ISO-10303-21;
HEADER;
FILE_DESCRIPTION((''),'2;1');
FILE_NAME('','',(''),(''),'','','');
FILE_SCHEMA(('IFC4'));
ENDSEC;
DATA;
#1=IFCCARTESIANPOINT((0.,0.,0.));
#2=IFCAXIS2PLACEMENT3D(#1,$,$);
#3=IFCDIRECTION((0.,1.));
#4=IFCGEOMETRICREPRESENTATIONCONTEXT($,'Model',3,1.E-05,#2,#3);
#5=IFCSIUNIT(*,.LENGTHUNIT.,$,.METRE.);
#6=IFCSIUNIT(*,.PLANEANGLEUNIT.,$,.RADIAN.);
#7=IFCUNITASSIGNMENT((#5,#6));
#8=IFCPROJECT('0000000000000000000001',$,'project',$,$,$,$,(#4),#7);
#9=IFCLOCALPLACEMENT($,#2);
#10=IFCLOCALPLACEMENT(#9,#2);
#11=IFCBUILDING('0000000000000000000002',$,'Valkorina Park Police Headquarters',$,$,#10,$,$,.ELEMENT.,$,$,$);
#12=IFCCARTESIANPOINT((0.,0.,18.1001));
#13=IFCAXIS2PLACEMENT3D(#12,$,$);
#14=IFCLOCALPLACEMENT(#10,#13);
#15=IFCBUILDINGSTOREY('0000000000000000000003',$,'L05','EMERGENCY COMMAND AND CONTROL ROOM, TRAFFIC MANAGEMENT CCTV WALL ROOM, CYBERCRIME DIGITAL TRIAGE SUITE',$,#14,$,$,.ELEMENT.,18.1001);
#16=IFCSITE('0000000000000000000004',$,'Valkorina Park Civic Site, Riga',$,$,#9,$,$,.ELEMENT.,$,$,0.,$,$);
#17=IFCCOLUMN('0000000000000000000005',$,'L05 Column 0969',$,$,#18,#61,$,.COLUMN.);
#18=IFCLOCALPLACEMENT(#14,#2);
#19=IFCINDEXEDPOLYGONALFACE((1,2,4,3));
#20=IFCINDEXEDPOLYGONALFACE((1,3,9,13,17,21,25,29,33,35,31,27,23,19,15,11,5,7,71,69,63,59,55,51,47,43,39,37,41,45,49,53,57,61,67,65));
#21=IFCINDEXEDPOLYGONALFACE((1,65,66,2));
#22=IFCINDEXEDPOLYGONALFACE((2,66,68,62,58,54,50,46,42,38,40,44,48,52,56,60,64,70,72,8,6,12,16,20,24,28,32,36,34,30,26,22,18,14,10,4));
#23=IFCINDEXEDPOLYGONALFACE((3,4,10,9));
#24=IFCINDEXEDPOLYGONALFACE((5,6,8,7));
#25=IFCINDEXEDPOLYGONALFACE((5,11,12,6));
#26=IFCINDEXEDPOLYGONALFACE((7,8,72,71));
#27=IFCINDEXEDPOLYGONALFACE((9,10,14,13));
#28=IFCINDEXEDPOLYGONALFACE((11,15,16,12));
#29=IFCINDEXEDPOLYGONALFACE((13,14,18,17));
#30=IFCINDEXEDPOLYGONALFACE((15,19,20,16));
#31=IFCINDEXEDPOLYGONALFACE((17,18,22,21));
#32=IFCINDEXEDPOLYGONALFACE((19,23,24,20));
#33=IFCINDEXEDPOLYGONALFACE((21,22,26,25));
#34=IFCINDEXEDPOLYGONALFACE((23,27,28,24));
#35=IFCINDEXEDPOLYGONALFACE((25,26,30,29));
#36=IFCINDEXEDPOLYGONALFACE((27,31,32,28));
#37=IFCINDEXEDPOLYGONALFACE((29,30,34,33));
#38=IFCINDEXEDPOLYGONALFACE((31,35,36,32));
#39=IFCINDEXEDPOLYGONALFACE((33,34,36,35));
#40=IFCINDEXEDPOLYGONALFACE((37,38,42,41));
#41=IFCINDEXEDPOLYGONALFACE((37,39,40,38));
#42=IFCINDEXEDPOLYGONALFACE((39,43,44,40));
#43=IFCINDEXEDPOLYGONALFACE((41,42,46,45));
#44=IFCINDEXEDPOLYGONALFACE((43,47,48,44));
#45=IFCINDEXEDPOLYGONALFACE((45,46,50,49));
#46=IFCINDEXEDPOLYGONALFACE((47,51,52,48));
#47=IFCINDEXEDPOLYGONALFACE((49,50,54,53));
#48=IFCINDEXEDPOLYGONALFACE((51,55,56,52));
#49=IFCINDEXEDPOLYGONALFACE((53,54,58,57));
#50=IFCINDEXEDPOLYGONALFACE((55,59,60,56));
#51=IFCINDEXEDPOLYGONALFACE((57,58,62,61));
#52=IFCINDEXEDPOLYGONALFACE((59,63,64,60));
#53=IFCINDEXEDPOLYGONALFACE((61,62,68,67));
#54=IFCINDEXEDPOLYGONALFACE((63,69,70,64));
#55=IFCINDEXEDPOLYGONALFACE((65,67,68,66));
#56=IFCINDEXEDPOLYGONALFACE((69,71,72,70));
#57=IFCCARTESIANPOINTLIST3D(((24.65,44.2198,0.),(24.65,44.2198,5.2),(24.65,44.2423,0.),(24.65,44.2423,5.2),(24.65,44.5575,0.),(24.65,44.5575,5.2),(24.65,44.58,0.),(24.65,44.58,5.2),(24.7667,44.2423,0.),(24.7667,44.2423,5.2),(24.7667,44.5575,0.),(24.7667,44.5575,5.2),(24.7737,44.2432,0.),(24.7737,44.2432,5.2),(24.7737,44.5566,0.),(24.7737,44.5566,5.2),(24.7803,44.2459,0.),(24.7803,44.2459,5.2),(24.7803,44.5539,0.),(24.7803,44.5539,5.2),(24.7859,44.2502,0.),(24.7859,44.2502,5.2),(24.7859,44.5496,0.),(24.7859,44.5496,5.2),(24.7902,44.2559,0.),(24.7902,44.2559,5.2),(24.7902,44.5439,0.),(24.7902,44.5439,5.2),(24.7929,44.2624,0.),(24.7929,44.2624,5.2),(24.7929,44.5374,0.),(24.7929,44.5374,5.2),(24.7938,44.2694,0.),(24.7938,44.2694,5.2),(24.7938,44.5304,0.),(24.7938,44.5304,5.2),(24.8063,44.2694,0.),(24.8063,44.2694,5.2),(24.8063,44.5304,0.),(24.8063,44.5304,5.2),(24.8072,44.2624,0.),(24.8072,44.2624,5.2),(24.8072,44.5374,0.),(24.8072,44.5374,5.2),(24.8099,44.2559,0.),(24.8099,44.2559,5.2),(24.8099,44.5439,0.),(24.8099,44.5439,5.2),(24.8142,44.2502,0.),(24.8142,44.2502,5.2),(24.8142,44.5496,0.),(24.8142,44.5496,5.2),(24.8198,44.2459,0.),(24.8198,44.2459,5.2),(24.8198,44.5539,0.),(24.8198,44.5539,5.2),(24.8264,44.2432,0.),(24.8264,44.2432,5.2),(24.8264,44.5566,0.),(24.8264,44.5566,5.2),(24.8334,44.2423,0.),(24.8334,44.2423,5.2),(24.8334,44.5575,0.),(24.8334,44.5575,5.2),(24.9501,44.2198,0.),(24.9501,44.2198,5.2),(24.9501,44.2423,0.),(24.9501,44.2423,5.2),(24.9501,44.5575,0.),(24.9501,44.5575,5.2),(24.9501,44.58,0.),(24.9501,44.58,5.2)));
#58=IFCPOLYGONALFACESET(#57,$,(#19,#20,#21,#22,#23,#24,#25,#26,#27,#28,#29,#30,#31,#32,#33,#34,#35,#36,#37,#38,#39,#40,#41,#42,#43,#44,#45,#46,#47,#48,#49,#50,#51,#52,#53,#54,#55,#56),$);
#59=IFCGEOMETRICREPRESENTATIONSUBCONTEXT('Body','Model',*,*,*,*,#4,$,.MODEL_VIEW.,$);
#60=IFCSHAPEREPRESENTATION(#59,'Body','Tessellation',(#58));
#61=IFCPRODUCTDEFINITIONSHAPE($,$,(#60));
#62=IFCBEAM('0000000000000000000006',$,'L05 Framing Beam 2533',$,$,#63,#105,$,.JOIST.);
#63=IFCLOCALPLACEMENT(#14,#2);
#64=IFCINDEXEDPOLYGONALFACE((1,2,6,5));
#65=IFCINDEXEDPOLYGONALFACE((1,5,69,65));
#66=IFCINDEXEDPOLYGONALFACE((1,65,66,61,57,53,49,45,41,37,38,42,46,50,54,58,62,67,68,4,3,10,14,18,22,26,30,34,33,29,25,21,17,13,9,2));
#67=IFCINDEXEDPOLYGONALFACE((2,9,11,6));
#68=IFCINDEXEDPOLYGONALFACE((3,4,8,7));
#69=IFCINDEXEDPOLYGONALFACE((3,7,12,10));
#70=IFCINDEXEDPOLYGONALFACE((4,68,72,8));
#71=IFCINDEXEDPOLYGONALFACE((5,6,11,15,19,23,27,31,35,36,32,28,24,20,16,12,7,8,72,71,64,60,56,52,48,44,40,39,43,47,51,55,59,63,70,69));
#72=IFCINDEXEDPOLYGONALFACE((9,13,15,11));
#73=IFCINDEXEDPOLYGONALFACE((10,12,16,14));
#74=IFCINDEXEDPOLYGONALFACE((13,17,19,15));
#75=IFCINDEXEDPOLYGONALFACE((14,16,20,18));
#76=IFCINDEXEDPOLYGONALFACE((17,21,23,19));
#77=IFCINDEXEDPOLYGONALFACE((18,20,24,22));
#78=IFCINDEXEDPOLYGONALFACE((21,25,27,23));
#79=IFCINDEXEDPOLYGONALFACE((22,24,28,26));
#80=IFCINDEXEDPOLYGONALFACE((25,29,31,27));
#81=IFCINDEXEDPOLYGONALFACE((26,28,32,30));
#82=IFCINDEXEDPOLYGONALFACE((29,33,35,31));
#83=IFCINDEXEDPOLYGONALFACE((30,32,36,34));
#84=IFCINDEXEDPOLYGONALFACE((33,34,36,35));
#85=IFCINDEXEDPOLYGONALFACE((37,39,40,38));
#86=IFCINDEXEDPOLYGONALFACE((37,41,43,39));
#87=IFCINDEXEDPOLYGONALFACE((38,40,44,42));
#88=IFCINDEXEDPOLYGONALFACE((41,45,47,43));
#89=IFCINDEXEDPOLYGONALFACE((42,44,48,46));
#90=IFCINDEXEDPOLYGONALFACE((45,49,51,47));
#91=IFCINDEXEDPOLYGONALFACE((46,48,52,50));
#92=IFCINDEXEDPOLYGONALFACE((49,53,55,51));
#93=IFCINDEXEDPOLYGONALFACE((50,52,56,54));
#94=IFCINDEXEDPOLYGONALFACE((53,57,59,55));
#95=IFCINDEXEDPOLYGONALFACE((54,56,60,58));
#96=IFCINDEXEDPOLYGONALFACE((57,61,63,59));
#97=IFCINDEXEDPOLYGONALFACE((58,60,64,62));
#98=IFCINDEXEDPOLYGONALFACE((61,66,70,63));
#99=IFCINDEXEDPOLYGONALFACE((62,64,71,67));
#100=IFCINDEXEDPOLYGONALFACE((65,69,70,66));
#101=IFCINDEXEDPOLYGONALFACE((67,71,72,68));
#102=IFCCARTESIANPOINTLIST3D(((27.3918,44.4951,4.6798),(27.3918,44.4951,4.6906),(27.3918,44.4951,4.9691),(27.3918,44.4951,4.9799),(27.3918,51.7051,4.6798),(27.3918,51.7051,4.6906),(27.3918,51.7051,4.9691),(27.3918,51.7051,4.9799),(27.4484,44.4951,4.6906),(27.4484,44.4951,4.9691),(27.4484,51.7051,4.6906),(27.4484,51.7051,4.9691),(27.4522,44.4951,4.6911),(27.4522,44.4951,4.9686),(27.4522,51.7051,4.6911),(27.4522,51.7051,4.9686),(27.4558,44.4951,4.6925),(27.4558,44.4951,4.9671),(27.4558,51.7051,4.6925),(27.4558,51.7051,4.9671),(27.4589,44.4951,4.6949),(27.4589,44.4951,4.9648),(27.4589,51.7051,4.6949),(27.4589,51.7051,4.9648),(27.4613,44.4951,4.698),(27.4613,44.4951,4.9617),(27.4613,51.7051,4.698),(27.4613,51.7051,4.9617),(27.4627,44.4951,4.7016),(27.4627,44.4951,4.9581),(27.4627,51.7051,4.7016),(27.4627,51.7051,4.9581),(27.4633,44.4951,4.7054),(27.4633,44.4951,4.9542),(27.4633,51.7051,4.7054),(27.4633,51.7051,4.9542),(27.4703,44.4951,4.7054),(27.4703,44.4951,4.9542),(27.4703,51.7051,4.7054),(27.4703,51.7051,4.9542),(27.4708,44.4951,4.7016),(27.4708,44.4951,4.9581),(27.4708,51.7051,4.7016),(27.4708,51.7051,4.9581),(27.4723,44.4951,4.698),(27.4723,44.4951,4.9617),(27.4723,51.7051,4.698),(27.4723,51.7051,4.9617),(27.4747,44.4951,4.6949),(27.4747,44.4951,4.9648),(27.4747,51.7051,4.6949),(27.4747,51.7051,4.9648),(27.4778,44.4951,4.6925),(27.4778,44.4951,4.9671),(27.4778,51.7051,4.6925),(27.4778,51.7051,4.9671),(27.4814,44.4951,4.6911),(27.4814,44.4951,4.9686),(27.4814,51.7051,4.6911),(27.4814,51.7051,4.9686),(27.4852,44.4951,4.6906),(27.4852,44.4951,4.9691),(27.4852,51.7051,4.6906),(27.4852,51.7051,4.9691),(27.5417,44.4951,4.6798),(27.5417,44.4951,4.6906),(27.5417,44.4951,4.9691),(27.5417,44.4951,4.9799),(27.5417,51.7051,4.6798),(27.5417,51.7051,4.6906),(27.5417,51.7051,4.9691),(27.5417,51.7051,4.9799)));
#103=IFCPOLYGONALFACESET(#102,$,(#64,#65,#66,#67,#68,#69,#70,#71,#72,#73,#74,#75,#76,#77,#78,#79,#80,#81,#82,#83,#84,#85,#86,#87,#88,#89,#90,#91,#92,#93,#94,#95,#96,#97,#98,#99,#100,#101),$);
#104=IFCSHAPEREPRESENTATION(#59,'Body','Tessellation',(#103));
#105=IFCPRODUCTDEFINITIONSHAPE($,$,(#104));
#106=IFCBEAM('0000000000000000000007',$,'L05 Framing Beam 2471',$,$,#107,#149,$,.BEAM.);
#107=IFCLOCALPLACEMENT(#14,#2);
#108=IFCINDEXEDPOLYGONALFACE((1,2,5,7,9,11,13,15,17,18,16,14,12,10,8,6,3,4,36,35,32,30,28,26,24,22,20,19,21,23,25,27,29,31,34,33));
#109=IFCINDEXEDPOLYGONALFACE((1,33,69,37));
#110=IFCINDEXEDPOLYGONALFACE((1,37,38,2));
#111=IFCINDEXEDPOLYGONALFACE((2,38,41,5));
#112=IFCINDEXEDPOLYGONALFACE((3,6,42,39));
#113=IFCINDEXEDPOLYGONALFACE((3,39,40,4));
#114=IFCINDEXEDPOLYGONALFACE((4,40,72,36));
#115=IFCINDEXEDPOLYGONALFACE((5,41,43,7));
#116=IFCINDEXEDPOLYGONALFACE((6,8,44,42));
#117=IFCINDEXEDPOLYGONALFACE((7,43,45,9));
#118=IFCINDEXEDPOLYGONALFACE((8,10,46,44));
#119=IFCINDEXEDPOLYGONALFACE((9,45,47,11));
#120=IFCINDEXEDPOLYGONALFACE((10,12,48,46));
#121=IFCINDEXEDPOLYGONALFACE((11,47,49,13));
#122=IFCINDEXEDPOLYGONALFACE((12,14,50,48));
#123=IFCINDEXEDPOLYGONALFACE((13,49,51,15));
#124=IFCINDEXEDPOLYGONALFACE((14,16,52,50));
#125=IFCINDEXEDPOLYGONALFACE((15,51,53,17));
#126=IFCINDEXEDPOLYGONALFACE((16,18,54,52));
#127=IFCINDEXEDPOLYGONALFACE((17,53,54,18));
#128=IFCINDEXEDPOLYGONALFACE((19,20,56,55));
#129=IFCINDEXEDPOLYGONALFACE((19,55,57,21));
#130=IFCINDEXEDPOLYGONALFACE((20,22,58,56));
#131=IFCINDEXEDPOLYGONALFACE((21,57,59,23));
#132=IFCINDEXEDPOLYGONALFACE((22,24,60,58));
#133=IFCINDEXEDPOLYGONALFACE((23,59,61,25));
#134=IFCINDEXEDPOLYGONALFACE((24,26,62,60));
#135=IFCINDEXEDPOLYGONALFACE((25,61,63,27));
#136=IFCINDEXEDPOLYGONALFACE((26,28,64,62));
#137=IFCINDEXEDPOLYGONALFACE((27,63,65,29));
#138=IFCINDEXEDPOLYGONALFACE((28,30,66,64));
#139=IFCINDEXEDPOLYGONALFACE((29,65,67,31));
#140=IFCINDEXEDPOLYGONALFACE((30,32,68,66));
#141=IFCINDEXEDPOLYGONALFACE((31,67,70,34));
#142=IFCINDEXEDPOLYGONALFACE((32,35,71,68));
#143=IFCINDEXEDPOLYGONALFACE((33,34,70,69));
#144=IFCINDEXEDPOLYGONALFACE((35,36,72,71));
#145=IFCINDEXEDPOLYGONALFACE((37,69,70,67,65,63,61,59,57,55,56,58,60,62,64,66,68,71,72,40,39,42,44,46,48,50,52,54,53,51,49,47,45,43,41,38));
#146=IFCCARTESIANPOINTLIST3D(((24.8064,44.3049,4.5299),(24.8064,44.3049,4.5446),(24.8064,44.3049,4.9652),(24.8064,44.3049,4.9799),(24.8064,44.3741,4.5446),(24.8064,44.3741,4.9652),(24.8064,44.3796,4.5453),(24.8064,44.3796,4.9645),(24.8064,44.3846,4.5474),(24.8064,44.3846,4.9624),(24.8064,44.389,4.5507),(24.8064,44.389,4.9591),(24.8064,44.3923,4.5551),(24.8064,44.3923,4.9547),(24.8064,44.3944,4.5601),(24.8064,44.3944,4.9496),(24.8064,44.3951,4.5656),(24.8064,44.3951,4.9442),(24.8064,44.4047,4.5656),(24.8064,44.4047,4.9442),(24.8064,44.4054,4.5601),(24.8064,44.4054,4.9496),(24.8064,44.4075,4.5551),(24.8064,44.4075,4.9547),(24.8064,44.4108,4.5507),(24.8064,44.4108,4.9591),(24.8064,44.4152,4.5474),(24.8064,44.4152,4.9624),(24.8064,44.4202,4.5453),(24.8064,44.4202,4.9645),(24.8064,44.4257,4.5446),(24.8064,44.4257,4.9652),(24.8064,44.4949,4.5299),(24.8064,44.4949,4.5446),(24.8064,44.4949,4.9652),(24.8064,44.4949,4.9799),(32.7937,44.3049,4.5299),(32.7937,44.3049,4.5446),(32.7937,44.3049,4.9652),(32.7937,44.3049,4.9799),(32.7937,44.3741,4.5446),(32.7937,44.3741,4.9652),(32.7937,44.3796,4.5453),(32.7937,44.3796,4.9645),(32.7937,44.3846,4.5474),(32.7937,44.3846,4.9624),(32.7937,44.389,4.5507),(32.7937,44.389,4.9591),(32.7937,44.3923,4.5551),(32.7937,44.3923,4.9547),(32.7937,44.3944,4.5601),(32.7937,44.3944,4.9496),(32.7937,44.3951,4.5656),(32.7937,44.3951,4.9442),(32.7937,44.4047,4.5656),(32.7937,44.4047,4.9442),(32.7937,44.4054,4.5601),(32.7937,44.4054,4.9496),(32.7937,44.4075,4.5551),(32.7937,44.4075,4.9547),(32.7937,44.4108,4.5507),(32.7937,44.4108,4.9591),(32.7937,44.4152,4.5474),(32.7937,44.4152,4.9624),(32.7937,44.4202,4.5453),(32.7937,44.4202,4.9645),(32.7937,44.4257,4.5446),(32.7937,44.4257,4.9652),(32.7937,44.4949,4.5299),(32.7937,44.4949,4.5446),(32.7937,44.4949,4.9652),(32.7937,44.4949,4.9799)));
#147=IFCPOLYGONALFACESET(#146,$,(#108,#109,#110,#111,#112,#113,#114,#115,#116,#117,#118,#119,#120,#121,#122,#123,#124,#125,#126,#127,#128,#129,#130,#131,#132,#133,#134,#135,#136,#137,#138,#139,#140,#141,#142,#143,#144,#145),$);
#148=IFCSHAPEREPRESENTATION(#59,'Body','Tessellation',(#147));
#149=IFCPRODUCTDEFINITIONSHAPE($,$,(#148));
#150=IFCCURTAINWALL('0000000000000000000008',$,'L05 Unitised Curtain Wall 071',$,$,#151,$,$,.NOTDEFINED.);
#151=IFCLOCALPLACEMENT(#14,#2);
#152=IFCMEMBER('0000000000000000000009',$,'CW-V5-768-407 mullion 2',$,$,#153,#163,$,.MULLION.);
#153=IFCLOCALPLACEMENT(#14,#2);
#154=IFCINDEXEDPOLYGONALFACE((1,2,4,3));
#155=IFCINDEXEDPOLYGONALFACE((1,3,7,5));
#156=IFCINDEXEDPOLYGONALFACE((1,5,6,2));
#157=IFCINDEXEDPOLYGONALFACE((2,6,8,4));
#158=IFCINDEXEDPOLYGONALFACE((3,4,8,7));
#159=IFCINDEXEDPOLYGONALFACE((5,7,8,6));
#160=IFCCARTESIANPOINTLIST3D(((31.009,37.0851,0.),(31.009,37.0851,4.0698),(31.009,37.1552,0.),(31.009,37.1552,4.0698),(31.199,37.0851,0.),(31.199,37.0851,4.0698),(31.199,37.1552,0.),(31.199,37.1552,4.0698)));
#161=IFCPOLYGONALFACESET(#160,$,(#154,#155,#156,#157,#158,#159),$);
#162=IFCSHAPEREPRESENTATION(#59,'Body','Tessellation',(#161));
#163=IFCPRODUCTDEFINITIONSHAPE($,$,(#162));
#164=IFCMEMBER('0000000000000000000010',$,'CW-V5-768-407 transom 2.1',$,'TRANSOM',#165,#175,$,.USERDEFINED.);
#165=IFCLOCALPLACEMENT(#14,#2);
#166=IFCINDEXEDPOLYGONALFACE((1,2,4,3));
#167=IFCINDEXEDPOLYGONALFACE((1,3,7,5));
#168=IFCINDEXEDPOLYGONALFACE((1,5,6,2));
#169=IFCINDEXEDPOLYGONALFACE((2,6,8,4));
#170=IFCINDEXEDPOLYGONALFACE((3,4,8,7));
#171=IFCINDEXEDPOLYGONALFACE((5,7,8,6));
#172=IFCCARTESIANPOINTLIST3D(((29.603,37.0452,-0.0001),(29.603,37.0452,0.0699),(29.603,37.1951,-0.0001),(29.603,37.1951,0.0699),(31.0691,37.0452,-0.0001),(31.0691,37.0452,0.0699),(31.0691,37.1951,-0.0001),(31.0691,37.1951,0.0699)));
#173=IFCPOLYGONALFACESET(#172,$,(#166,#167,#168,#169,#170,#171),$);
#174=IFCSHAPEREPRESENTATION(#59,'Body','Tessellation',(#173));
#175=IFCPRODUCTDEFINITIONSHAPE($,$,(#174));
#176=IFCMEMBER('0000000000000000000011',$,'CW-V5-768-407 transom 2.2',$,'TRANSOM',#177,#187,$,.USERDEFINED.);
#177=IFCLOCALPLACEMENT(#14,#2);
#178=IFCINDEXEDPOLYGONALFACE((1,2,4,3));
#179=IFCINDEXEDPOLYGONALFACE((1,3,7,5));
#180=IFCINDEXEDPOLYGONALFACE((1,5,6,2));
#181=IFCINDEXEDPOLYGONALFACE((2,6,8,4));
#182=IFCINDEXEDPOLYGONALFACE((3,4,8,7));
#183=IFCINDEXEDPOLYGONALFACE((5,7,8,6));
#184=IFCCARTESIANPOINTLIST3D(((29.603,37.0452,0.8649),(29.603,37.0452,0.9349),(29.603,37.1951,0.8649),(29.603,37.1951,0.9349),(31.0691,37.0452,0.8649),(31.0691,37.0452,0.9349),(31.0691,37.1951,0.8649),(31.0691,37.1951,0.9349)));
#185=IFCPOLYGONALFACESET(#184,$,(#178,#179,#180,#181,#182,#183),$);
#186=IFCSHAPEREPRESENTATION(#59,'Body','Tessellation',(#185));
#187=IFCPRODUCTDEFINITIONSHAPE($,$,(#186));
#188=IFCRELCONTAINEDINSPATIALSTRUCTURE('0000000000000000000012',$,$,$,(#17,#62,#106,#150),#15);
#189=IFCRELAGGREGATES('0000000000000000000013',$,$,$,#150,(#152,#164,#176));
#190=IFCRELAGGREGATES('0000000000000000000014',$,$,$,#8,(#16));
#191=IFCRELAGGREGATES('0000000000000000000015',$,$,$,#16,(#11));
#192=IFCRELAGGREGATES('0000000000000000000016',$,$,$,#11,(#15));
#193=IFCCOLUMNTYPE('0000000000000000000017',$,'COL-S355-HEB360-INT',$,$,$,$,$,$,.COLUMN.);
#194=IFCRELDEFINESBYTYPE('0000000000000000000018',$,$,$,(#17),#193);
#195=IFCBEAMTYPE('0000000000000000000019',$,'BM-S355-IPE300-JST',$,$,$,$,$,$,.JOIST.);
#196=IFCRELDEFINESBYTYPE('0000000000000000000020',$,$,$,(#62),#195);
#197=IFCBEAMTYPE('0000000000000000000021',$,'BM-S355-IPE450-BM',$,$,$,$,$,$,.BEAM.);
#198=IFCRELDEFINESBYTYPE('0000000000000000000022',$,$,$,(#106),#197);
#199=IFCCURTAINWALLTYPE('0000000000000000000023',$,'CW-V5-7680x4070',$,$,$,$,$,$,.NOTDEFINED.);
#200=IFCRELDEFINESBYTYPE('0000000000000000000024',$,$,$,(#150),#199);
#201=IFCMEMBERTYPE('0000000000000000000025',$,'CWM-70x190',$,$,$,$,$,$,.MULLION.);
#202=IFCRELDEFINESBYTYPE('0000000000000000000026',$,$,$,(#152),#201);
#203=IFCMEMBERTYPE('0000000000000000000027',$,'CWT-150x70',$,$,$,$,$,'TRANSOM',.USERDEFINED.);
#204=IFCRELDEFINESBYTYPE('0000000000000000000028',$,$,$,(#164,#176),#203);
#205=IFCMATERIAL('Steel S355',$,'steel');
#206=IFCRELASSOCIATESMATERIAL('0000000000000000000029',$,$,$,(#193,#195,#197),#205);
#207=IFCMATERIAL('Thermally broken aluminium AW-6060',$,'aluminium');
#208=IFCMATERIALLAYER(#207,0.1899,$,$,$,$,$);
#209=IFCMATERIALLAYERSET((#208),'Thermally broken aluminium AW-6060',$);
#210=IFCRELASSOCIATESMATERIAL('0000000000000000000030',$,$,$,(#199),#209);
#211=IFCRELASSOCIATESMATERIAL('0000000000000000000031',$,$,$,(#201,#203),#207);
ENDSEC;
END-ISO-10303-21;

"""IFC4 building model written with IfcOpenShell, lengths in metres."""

from ifc_helpers import new_model, si_unit, direction, frame, origin, origin_2d, place, context, subcontext, project, spatial, rectangle, i_section, extrude, material, layer, layer_set, material_profile, profile_set, type_object, element, aggregate, save


model = new_model("IFC4")

# Units and contexts
model_context = context("Model", 3, precision=1e-05, world=origin(), true_north=direction((0.0, 1.0)))
body_context = subcontext(model_context, "Body", "Model", "MODEL_VIEW")
ifc_project = project(units=[si_unit("LENGTHUNIT", "METRE"), si_unit("PLANEANGLEUNIT", "RADIAN")], contexts=[model_context])

# Site, building, storey
site_placement = place(None, origin())
site = spatial("IfcSite", under=ifc_project, at=site_placement, Name="Valkorina Park Civic Site, Riga", CompositionType="ELEMENT", RefElevation=0.0)
building_placement = place(site_placement, origin())
building = spatial("IfcBuilding", under=site, at=building_placement, Name="Valkorina Park Police Headquarters", CompositionType="ELEMENT")
storey_placement = place(building_placement, frame((0.0, 0.0, 18.1001)))
storey = spatial("IfcBuildingStorey", under=building, at=storey_placement, Name="L05", Description="EMERGENCY COMMAND AND CONTROL ROOM, TRAFFIC MANAGEMENT CCTV WALL ROOM, CYBERCRIME DIGITAL TRIAGE SUITE", CompositionType="ELEMENT", Elevation=18.1001)

# Column
ifc_material_1 = material(Name="Steel S355", Category="steel")
ifc_material_profile_1 = material_profile(ifc_material_1, i_section(OverallWidth=0.3, OverallDepth=0.3601, WebThickness=0.0125, FlangeThickness=0.0225, FilletRadius=0.0271, at=origin_2d()), Name="HEB 360")
ifc_profile_set_1 = profile_set([ifc_material_profile_1], Name="Steel S355")
column_type = type_object("IfcColumnType", Name="COL-S355-HEB360-INT", PredefinedType="COLUMN", material=ifc_profile_set_1)
column_placement = place(storey_placement, frame((24.8, 44.3999, 0.0), z_axis=(0.0, 0.0, 1.0), x_axis=(1.0, 0.0, 0.0)))
element("IfcColumn", 1, at=column_placement, inside=storey, type_object=column_type, Name="L05 Column 0969", PredefinedType="COLUMN", context=body_context, shape_type="SweptSolid", body=[
    extrude(i_section(OverallWidth=0.3, OverallDepth=0.3601, WebThickness=0.0125, FlangeThickness=0.0225, FilletRadius=0.0271, at=origin_2d()), origin(), (0.0, 0.0, 1.0), 5.2),
])

# Beams
ifc_material_profile_2 = material_profile(ifc_material_1, i_section(OverallWidth=0.1499, OverallDepth=0.3, WebThickness=0.0071, FlangeThickness=0.0107, FilletRadius=0.0149, at=origin_2d()), Name="IPE 300")
ifc_profile_set_2 = profile_set([ifc_material_profile_2], Name="Steel S355")
beam_type_1 = type_object("IfcBeamType", Name="BM-S355-IPE300-JST", PredefinedType="JOIST", material=ifc_profile_set_2)
beam_1_placement = place(storey_placement, frame((27.4668, 44.4951, 4.8298), z_axis=(0.0, 1.0, 0.0), x_axis=(-1.0, 0.0, 0.0)))
element("IfcBeam", 2, at=beam_1_placement, inside=storey, type_object=beam_type_1, Name="L05 Framing Beam 2533", PredefinedType="JOIST", context=body_context, shape_type="SweptSolid", body=[
    extrude(i_section(OverallWidth=0.1499, OverallDepth=0.3, WebThickness=0.0071, FlangeThickness=0.0107, FilletRadius=0.0149, at=origin_2d()), origin(), (0.0, 0.0, 1.0), 7.21),
])
ifc_material_profile_3 = material_profile(ifc_material_1, i_section(OverallWidth=0.1899, OverallDepth=0.45, WebThickness=0.0095, FlangeThickness=0.0146, FilletRadius=0.021, at=origin_2d()), Name="IPE 450")
ifc_profile_set_3 = profile_set([ifc_material_profile_3], Name="Steel S355")
beam_type_2 = type_object("IfcBeamType", Name="BM-S355-IPE450-BM", PredefinedType="BEAM", material=ifc_profile_set_3)
beam_2_placement = place(storey_placement, frame((24.8064, 44.3999, 4.7549), z_axis=(1.0, 0.0, 0.0), x_axis=(0.0, 1.0, 0.0)))
element("IfcBeam", 3, at=beam_2_placement, inside=storey, type_object=beam_type_2, Name="L05 Framing Beam 2471", PredefinedType="BEAM", context=body_context, shape_type="SweptSolid", body=[
    extrude(i_section(OverallWidth=0.1899, OverallDepth=0.45, WebThickness=0.0095, FlangeThickness=0.0146, FilletRadius=0.021, at=origin_2d()), origin(), (0.0, 0.0, 1.0), 7.9873),
])

# Curtain wall, members
ifc_material_2 = material(Name="Thermally broken aluminium AW-6060", Category="aluminium")
ifc_layer_1 = layer(ifc_material_2, 0.1899)
ifc_layer_set_1 = layer_set([ifc_layer_1], Name="Thermally broken aluminium AW-6060")
curtain_wall_type = type_object("IfcCurtainWallType", Name="CW-V5-7680x4070", PredefinedType="NOTDEFINED", material=ifc_layer_set_1)
curtain_wall_placement = place(storey_placement, origin())
curtain_wall = element("IfcCurtainWall", 4, at=curtain_wall_placement, inside=storey, type_object=curtain_wall_type, Name="L05 Unitised Curtain Wall 071", PredefinedType="NOTDEFINED")
ifc_material_profile_4 = material_profile(ifc_material_2, rectangle(XDim=0.0701, YDim=0.1899, at=origin_2d()), Name="CWM-02 70x190")
ifc_profile_set_4 = profile_set([ifc_material_profile_4], Name="Thermally broken aluminium AW-6060")
member_type_1 = type_object("IfcMemberType", Name="CWM-70x190", PredefinedType="MULLION", material=ifc_profile_set_4)
member_1_placement = place(storey_placement, frame((31.104, 37.1201, 0.0), z_axis=(0.0, 0.0, 1.0), x_axis=(0.0, -1.0, 0.0)))
member_1 = element("IfcMember", 5, at=member_1_placement, type_object=member_type_1, Name="CW-V5-768-407 mullion 2", PredefinedType="MULLION", context=body_context, shape_type="SweptSolid", body=[
    extrude(rectangle(XDim=0.0701, YDim=0.1899, at=origin_2d()), origin(), (0.0, 0.0, 1.0), 4.0698),
])
ifc_material_profile_5 = material_profile(ifc_material_2, rectangle(XDim=0.1499, YDim=0.0701, at=origin_2d()), Name="CWT-02 150x70")
ifc_profile_set_5 = profile_set([ifc_material_profile_5], Name="Thermally broken aluminium AW-6060")
member_type_2 = type_object("IfcMemberType", Name="CWT-150x70", ElementType="TRANSOM", PredefinedType="USERDEFINED", material=ifc_profile_set_5)
member_2_placement = place(storey_placement, frame((31.0691, 37.1201, 0.0349), z_axis=(-1.0, 0.0, 0.0), x_axis=(0.0, -1.0, 0.0)))
member_2 = element("IfcMember", 6, at=member_2_placement, type_object=member_type_2, Name="CW-V5-768-407 transom 2.1", ObjectType="TRANSOM", PredefinedType="USERDEFINED", context=body_context, shape_type="SweptSolid", body=[
    extrude(rectangle(XDim=0.1499, YDim=0.0701, at=origin_2d()), origin(), (0.0, 0.0, 1.0), 1.4661),
])
member_3_placement = place(storey_placement, frame((31.0691, 37.1201, 0.8999), z_axis=(-1.0, 0.0, 0.0), x_axis=(0.0, -1.0, 0.0)))
member_3 = element("IfcMember", 7, at=member_3_placement, type_object=member_type_2, Name="CW-V5-768-407 transom 2.2", ObjectType="TRANSOM", PredefinedType="USERDEFINED", context=body_context, shape_type="SweptSolid", body=[
    extrude(rectangle(XDim=0.1499, YDim=0.0701, at=origin_2d()), origin(), (0.0, 0.0, 1.0), 1.4661),
])
aggregate(curtain_wall, [member_1, member_2, member_3])

save(model, "model.ifc")
